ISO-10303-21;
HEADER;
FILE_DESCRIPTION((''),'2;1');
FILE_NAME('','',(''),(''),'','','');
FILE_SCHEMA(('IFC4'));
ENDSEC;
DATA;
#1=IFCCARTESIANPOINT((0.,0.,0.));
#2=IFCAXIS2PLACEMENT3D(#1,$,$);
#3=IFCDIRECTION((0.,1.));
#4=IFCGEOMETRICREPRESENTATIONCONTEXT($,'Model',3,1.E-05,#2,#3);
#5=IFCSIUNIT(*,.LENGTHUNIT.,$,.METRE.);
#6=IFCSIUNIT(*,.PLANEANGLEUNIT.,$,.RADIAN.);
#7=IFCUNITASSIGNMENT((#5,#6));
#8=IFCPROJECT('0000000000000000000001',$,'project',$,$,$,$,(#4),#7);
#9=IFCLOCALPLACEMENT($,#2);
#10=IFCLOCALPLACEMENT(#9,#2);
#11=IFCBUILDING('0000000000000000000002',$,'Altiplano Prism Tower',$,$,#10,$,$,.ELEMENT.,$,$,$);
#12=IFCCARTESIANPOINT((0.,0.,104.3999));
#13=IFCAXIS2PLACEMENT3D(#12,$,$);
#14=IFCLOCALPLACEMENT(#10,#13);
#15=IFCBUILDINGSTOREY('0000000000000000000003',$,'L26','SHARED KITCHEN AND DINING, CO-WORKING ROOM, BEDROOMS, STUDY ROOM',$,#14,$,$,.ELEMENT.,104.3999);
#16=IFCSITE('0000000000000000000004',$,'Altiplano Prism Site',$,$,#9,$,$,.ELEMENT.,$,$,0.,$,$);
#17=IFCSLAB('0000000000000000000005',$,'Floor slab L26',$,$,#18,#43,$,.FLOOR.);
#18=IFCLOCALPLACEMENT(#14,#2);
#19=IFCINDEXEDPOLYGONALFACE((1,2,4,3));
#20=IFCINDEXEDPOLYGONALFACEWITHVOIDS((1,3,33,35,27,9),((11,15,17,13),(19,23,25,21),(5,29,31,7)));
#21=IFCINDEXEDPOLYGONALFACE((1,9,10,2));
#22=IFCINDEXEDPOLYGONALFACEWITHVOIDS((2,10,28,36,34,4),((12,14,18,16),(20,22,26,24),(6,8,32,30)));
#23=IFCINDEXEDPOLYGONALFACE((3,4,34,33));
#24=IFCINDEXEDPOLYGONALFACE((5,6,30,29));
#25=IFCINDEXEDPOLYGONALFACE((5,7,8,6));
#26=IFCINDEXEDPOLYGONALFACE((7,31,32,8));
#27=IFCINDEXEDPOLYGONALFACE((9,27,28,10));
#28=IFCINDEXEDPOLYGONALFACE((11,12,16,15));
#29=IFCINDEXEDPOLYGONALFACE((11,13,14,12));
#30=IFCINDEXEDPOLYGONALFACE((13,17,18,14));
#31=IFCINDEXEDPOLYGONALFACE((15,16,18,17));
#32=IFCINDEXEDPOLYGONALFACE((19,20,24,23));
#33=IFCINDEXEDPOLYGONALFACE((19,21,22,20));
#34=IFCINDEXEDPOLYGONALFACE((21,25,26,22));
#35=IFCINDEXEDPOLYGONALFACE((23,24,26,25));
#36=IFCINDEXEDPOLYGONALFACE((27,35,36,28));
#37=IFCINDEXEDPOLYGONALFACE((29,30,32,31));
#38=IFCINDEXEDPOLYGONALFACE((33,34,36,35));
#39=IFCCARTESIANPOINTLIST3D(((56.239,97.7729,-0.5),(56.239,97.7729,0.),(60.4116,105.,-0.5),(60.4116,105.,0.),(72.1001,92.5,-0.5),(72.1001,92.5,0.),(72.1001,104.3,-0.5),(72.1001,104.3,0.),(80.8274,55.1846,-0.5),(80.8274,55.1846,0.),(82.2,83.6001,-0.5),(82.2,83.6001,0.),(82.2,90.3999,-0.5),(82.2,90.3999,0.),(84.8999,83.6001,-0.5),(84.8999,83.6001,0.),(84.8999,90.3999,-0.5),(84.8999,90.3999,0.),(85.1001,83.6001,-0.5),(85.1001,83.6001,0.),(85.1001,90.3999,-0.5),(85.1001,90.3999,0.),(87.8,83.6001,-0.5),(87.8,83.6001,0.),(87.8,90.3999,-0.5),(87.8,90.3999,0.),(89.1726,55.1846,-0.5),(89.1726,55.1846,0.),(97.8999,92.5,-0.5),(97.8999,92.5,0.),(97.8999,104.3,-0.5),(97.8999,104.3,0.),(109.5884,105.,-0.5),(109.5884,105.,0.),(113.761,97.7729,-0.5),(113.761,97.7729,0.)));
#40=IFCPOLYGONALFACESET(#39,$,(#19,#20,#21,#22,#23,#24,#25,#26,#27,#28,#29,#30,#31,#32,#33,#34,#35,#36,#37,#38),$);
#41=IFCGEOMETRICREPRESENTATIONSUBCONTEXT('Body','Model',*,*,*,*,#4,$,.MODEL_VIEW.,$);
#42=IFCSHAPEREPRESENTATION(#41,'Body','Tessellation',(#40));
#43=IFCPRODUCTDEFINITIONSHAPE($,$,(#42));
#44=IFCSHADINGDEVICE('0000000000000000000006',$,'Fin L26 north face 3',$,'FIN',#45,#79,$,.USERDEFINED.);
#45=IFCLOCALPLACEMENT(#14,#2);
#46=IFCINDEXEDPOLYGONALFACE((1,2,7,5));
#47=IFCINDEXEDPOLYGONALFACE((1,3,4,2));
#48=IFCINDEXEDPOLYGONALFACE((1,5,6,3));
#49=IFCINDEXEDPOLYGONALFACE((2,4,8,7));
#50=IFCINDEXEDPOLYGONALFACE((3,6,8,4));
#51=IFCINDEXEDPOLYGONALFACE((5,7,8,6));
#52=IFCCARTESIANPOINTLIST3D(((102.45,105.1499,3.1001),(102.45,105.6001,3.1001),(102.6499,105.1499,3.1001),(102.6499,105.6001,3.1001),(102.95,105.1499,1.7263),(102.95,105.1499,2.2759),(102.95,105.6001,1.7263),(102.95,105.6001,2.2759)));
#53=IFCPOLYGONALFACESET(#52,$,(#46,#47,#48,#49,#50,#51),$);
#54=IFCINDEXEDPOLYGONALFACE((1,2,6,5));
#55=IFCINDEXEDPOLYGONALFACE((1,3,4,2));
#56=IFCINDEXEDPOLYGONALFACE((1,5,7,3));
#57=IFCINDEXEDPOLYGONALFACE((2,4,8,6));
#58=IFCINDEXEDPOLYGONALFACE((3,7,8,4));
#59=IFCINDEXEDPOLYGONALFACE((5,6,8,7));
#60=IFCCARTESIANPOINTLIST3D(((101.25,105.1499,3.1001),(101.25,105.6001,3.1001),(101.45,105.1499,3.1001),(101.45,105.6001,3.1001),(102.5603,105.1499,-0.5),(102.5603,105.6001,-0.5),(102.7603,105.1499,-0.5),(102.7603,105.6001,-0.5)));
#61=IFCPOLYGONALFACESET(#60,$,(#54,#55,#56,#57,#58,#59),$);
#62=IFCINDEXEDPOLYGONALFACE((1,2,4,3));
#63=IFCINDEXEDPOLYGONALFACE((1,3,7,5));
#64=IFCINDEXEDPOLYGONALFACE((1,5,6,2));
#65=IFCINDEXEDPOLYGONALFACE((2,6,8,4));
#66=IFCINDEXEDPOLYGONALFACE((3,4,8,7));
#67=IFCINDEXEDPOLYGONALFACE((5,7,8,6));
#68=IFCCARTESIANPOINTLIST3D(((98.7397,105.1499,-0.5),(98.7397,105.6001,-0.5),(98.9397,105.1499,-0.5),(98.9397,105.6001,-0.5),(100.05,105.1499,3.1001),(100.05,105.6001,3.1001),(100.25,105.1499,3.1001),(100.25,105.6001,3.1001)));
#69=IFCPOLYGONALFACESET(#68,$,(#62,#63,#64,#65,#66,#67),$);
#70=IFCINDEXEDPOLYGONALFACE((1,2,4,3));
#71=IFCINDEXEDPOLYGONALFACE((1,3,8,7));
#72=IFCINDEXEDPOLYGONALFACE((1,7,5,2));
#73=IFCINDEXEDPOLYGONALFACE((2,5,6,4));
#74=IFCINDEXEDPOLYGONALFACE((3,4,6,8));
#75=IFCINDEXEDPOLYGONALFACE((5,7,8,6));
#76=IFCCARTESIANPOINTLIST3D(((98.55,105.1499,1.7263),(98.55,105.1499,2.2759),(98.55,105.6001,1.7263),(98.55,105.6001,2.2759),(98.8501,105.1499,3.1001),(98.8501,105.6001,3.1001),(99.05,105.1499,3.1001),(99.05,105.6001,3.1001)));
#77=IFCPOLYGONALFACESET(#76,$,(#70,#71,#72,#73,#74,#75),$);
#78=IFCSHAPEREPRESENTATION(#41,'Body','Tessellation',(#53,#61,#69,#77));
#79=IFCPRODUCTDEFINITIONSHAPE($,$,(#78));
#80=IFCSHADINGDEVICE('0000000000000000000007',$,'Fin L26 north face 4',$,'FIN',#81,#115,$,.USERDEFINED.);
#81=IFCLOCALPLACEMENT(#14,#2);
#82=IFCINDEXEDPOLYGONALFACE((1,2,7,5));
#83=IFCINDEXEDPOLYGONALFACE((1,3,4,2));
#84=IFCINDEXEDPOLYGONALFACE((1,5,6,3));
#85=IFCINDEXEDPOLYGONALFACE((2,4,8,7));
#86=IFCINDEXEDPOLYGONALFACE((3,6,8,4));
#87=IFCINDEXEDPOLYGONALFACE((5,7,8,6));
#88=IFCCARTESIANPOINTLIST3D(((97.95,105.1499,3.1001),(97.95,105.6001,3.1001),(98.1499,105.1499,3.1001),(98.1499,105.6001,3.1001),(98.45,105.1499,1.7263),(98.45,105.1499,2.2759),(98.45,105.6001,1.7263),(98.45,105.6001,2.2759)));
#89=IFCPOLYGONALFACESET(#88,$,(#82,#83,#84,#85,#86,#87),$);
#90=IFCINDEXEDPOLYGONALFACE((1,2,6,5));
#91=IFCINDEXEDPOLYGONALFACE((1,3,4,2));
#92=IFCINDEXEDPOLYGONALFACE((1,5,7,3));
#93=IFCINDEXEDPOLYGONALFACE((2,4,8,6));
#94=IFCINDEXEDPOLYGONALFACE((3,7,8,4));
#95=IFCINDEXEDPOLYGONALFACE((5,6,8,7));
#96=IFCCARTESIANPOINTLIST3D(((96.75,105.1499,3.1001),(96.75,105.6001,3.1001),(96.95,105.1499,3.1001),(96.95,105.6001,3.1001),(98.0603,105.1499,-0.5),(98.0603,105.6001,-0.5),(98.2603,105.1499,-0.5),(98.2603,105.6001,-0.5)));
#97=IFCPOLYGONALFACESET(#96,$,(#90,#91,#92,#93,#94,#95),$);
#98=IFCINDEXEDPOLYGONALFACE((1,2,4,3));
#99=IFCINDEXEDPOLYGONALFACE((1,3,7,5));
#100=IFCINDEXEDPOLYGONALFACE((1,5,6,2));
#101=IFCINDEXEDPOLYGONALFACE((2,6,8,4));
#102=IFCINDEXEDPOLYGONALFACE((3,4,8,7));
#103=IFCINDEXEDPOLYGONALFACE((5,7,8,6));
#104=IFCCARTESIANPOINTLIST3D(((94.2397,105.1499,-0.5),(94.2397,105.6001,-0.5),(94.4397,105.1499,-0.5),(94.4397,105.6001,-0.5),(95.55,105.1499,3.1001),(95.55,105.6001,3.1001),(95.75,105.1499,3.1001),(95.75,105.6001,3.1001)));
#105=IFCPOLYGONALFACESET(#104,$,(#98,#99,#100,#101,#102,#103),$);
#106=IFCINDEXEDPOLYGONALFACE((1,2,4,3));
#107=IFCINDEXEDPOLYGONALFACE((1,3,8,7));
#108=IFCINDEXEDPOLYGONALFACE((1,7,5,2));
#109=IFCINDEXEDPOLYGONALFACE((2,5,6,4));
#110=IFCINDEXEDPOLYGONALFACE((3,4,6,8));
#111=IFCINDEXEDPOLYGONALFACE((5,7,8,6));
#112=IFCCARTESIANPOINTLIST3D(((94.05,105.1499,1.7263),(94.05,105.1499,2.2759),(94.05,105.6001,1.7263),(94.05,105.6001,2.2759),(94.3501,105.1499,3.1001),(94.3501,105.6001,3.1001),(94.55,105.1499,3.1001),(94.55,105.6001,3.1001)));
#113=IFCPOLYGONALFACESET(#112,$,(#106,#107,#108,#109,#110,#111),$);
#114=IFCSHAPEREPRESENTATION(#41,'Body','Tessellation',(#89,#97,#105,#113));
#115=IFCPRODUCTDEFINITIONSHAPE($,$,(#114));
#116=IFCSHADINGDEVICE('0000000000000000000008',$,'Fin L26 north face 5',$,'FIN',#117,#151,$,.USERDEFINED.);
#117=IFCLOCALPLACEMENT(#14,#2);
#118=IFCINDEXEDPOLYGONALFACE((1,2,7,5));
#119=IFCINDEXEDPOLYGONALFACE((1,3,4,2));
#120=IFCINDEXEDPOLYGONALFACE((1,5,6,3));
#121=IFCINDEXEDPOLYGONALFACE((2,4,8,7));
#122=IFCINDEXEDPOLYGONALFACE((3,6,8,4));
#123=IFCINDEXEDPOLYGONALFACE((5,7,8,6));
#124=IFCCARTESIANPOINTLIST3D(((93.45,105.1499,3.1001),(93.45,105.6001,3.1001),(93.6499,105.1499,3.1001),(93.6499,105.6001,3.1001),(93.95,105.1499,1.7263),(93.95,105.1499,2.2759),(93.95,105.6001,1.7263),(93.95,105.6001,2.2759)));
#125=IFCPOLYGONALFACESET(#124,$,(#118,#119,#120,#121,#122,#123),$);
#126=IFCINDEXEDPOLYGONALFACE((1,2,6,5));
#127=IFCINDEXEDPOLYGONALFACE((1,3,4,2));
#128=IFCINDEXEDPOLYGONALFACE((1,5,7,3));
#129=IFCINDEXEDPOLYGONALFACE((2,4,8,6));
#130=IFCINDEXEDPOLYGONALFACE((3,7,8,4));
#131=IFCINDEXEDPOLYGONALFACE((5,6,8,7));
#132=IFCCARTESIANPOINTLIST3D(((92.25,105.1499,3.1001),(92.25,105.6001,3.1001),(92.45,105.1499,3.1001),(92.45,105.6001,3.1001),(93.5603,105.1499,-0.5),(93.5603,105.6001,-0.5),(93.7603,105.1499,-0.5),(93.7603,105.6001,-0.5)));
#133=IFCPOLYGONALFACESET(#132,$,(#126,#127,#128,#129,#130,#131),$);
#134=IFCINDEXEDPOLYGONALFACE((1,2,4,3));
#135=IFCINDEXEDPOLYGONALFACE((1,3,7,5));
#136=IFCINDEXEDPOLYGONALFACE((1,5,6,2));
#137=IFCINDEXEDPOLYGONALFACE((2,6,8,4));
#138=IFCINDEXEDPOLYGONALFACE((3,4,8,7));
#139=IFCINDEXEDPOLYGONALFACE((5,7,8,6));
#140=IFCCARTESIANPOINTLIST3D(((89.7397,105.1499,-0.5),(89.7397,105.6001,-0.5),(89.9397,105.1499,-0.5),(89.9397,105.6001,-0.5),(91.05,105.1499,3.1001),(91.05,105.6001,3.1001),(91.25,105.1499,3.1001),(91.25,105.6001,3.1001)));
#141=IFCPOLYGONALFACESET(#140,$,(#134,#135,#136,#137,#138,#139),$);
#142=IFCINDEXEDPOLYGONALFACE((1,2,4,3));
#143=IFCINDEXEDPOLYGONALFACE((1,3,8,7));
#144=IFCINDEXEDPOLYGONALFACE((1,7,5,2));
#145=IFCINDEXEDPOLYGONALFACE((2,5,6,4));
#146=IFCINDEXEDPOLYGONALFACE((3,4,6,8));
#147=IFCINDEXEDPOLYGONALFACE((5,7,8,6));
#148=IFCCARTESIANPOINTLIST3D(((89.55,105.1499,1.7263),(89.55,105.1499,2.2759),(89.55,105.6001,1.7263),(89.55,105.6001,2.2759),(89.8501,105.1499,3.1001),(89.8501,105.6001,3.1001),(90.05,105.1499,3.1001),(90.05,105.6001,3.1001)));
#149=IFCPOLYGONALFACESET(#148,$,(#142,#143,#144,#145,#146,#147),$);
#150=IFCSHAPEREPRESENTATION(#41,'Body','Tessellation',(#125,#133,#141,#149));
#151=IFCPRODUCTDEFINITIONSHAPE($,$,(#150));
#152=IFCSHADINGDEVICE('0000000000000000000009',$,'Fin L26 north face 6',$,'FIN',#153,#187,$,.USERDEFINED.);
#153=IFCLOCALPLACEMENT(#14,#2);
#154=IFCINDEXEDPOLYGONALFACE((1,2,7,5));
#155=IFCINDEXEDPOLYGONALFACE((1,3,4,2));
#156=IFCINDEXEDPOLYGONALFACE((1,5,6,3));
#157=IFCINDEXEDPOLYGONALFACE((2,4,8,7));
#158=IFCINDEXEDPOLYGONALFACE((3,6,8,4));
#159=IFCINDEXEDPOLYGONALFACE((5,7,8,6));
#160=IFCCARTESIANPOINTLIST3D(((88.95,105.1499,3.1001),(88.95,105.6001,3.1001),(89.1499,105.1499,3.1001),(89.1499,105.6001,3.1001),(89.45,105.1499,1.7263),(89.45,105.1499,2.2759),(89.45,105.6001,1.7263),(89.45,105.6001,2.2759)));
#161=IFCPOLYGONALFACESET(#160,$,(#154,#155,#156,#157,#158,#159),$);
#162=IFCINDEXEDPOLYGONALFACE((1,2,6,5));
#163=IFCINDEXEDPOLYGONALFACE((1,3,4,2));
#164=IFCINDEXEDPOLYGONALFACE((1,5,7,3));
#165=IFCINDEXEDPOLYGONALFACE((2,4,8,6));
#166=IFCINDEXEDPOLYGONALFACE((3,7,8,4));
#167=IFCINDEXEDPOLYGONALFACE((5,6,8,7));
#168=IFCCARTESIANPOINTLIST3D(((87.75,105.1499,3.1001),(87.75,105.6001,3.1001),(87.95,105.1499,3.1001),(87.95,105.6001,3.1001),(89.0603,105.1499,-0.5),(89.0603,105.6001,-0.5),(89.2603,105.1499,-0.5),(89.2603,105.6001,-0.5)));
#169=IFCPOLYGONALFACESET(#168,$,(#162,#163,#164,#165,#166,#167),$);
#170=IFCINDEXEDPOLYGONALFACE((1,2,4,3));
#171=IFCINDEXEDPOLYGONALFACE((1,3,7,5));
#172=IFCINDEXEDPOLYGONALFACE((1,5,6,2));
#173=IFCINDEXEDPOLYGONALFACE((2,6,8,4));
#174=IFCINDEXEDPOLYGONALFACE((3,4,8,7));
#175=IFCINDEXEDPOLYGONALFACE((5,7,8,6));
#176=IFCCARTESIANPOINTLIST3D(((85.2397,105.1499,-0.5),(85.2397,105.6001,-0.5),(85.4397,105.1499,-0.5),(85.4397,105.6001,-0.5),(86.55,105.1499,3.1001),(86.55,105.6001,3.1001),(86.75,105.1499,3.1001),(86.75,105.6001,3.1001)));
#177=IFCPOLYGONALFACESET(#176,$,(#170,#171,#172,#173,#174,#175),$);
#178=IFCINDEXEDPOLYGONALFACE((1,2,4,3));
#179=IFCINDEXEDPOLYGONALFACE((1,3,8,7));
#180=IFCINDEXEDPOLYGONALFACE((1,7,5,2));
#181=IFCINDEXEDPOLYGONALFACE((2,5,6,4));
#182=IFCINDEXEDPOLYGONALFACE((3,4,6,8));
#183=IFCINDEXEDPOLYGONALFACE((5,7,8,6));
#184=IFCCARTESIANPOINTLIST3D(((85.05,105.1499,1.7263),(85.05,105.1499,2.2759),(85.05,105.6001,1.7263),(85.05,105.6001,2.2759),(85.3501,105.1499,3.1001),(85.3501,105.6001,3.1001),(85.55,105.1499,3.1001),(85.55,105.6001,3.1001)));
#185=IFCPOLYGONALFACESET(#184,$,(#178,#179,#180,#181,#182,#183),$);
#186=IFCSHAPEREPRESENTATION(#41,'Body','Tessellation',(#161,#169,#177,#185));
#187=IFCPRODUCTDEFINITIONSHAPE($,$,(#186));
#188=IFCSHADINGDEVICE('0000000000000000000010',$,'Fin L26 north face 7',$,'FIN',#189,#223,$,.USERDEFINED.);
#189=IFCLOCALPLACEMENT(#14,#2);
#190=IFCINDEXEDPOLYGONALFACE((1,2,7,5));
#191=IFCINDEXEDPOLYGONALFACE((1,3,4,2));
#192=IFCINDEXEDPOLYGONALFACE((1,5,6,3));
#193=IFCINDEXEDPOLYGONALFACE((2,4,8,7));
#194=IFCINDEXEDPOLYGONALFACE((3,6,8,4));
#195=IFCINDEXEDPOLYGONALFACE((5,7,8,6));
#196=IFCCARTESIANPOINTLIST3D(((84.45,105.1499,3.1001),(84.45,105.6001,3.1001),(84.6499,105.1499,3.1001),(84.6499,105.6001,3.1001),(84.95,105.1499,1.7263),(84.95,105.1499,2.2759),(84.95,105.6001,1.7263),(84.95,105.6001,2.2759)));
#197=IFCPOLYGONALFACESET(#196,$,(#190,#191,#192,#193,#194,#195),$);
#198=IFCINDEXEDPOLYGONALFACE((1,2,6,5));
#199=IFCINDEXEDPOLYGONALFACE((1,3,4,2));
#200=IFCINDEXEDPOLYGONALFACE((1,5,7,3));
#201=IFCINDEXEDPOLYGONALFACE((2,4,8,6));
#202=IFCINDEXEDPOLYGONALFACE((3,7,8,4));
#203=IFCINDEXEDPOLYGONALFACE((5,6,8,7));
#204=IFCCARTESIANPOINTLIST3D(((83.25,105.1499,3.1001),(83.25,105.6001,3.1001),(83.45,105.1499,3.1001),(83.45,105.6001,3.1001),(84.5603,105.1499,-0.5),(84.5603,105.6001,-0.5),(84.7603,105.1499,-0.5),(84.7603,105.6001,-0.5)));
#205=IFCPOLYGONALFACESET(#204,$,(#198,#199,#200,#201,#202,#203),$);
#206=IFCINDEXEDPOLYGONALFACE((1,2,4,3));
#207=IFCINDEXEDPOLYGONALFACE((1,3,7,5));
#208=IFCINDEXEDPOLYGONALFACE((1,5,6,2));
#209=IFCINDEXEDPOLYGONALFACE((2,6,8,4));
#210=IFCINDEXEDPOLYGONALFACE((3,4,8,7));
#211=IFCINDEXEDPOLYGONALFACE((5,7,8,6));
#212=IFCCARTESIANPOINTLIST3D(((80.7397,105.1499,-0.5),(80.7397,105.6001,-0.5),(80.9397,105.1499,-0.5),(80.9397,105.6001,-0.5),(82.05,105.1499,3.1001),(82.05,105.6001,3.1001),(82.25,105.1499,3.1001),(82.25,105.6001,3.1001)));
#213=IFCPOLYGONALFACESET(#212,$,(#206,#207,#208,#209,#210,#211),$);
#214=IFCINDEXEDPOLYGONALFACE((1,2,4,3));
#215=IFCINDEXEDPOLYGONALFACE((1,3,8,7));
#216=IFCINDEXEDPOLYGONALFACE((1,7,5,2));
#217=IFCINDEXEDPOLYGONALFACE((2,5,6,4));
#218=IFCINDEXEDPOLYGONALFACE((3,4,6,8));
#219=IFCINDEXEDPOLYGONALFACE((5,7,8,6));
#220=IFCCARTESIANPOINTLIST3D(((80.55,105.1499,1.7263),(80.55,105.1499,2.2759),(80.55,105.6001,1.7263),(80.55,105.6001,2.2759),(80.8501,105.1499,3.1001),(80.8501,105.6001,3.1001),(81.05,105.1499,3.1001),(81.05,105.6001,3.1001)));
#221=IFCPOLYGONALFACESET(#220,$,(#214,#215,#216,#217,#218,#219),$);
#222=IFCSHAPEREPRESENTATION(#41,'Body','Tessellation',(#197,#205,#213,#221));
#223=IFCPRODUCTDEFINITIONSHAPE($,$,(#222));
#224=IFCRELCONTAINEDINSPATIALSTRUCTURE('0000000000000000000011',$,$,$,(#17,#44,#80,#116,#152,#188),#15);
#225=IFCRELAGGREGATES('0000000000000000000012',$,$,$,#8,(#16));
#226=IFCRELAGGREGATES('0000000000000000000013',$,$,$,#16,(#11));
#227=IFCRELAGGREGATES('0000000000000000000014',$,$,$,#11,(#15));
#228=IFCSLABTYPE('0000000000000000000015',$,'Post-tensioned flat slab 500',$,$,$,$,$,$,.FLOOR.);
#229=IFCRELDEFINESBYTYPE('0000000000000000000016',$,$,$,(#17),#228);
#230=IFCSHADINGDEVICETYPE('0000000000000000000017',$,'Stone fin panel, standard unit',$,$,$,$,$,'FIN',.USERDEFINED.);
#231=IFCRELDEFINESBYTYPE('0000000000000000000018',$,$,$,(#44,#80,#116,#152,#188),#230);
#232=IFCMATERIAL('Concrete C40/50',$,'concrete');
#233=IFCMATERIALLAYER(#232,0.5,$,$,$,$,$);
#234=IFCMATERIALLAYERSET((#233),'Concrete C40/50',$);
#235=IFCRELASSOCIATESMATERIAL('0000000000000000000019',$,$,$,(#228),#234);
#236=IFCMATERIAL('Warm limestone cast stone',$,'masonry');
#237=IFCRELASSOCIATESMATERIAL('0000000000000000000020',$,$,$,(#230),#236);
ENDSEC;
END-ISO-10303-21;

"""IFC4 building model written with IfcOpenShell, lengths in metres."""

from ifc_helpers import new_model, si_unit, direction, frame, origin, place, context, subcontext, project, spatial, polyline, outline, extrude, source, transform, mapped, material, layer, layer_set, type_object, element, save


model = new_model("IFC4")

# Units and contexts
model_context = context("Model", 3, precision=1e-05, world=origin(), true_north=direction((0.0, 1.0)))
body_context = subcontext(model_context, "Body", "Model", "MODEL_VIEW")
ifc_project = project(units=[si_unit("LENGTHUNIT", "METRE"), si_unit("PLANEANGLEUNIT", "RADIAN")], contexts=[model_context])

# Site, building, storey
site_placement = place(None, origin())
site = spatial("IfcSite", under=ifc_project, at=site_placement, Name="Altiplano Prism Site", CompositionType="ELEMENT", RefElevation=0.0)
building_placement = place(site_placement, origin())
building = spatial("IfcBuilding", under=site, at=building_placement, Name="Altiplano Prism Tower", CompositionType="ELEMENT")
storey_placement = place(building_placement, frame((0.0, 0.0, 104.3999)))
storey = spatial("IfcBuildingStorey", under=building, at=storey_placement, Name="L26", Description="SHARED KITCHEN AND DINING, CO-WORKING ROOM, BEDROOMS, STUDY ROOM", CompositionType="ELEMENT", Elevation=104.3999)

# Slab
ifc_material_1 = material(Name="Concrete C40/50", Category="concrete")
ifc_layer = layer(ifc_material_1, 0.5)
ifc_layer_set = layer_set([ifc_layer], Name="Concrete C40/50")
slab_type = type_object("IfcSlabType", Name="Post-tensioned flat slab 500", PredefinedType="FLOOR", material=ifc_layer_set)
slab_placement = place(storey_placement, frame((0.0, 0.0, -0.5)))
element("IfcSlab", 1, at=slab_placement, inside=storey, type_object=slab_type, Name="Floor slab L26", PredefinedType="FLOOR", context=body_context, shape_type="SweptSolid", body=[
    extrude(outline(polyline([(80.8274, 55.1846), (56.239, 97.7729), (60.4116, 105.0), (109.5884, 105.0), (113.761, 97.7729), (89.1726, 55.1846), (80.8274, 55.1846)]), holes=[polyline([(72.1001, 104.3), (72.1001, 92.5), (97.8999, 92.5), (97.8999, 104.3), (72.1001, 104.3)]), polyline([(84.8999, 90.3999), (82.2, 90.3999), (82.2, 83.6001), (84.8999, 83.6001), (84.8999, 90.3999)]), polyline([(87.8, 83.6001), (87.8, 90.3999), (85.1001, 90.3999), (85.1001, 83.6001), (87.8, 83.6001)])]), origin(), (0.0, 0.0, 1.0), 0.5),
])

# Shading devices
ifc_material_2 = material(Name="Warm limestone cast stone", Category="masonry")
shading_device_type_1 = type_object("IfcShadingDeviceType", Name="Stone fin panel, standard unit", ElementType="FIN", PredefinedType="USERDEFINED", material=ifc_material_2)
shared_shape_1 = source(origin(), body_context, "Body", "SweptSolid", [
    extrude(outline(polyline([(-2.2, 2.2263), (-1.7, 3.6001), (-1.8999, 3.6001), (-2.2, 2.7759), (-2.2, 2.2263)])), frame((0.0, -0.1499, 0.0), z_axis=(0.0, -1.0, 0.0), x_axis=(1.0, 0.0, 0.0)), (0.0, 0.0, 1.0), 0.4502),
    extrude(outline(polyline([(-2.0103, 0.0), (-1.8103, 0.0), (-0.5, 3.6001), (-0.7, 3.6001), (-2.0103, 0.0)])), frame((0.0, -0.1499, 0.0), z_axis=(0.0, -1.0, 0.0), x_axis=(1.0, 0.0, 0.0)), (0.0, 0.0, 1.0), 0.4502),
    extrude(outline(polyline([(1.8103, 0.0), (2.0103, 0.0), (0.7, 3.6001), (0.5, 3.6001), (1.8103, 0.0)])), frame((0.0, -0.1499, 0.0), z_axis=(0.0, -1.0, 0.0), x_axis=(1.0, 0.0, 0.0)), (0.0, 0.0, 1.0), 0.4502),
    extrude(outline(polyline([(2.2, 2.7759), (1.8999, 3.6001), (1.7, 3.6001), (2.2, 2.2263), (2.2, 2.7759)])), frame((0.0, -0.1499, 0.0), z_axis=(0.0, -1.0, 0.0), x_axis=(1.0, 0.0, 0.0)), (0.0, 0.0, 1.0), 0.4502),
])
shading_device_1_placement = place(storey_placement, origin())
element("IfcShadingDevice", 2, at=shading_device_1_placement, inside=storey, type_object=shading_device_type_1, Name="Fin L26 north face 3", ObjectType="FIN", PredefinedType="USERDEFINED", context=body_context, shape_type="MappedRepresentation", body=[
    mapped(shared_shape_1, transform((100.75, 105.0, -0.5), x_axis=(-1.0, 0.0, 0.0), y_axis=(0.0, -1.0, 0.0), z_axis=(0.0, 0.0, 1.0))),
])
shading_device_2_placement = place(storey_placement, origin())
element("IfcShadingDevice", 3, at=shading_device_2_placement, inside=storey, type_object=shading_device_type_1, Name="Fin L26 north face 4", ObjectType="FIN", PredefinedType="USERDEFINED", context=body_context, shape_type="MappedRepresentation", body=[
    mapped(shared_shape_1, transform((96.25, 105.0, -0.5), x_axis=(-1.0, 0.0, 0.0), y_axis=(0.0, -1.0, 0.0), z_axis=(0.0, 0.0, 1.0))),
])
shading_device_3_placement = place(storey_placement, origin())
element("IfcShadingDevice", 4, at=shading_device_3_placement, inside=storey, type_object=shading_device_type_1, Name="Fin L26 north face 5", ObjectType="FIN", PredefinedType="USERDEFINED", context=body_context, shape_type="MappedRepresentation", body=[
    mapped(shared_shape_1, transform((91.75, 105.0, -0.5), x_axis=(-1.0, 0.0, 0.0), y_axis=(0.0, -1.0, 0.0), z_axis=(0.0, 0.0, 1.0))),
])
shading_device_4_placement = place(storey_placement, origin())
element("IfcShadingDevice", 5, at=shading_device_4_placement, inside=storey, type_object=shading_device_type_1, Name="Fin L26 north face 6", ObjectType="FIN", PredefinedType="USERDEFINED", context=body_context, shape_type="MappedRepresentation", body=[
    mapped(shared_shape_1, transform((87.25, 105.0, -0.5), x_axis=(-1.0, 0.0, 0.0), y_axis=(0.0, -1.0, 0.0), z_axis=(0.0, 0.0, 1.0))),
])
shading_device_5_placement = place(storey_placement, origin())
element("IfcShadingDevice", 6, at=shading_device_5_placement, inside=storey, type_object=shading_device_type_1, Name="Fin L26 north face 7", ObjectType="FIN", PredefinedType="USERDEFINED", context=body_context, shape_type="MappedRepresentation", body=[
    mapped(shared_shape_1, transform((82.75, 105.0, -0.5), x_axis=(-1.0, 0.0, 0.0), y_axis=(0.0, -1.0, 0.0), z_axis=(0.0, 0.0, 1.0))),
])

save(model, "model.ifc")
